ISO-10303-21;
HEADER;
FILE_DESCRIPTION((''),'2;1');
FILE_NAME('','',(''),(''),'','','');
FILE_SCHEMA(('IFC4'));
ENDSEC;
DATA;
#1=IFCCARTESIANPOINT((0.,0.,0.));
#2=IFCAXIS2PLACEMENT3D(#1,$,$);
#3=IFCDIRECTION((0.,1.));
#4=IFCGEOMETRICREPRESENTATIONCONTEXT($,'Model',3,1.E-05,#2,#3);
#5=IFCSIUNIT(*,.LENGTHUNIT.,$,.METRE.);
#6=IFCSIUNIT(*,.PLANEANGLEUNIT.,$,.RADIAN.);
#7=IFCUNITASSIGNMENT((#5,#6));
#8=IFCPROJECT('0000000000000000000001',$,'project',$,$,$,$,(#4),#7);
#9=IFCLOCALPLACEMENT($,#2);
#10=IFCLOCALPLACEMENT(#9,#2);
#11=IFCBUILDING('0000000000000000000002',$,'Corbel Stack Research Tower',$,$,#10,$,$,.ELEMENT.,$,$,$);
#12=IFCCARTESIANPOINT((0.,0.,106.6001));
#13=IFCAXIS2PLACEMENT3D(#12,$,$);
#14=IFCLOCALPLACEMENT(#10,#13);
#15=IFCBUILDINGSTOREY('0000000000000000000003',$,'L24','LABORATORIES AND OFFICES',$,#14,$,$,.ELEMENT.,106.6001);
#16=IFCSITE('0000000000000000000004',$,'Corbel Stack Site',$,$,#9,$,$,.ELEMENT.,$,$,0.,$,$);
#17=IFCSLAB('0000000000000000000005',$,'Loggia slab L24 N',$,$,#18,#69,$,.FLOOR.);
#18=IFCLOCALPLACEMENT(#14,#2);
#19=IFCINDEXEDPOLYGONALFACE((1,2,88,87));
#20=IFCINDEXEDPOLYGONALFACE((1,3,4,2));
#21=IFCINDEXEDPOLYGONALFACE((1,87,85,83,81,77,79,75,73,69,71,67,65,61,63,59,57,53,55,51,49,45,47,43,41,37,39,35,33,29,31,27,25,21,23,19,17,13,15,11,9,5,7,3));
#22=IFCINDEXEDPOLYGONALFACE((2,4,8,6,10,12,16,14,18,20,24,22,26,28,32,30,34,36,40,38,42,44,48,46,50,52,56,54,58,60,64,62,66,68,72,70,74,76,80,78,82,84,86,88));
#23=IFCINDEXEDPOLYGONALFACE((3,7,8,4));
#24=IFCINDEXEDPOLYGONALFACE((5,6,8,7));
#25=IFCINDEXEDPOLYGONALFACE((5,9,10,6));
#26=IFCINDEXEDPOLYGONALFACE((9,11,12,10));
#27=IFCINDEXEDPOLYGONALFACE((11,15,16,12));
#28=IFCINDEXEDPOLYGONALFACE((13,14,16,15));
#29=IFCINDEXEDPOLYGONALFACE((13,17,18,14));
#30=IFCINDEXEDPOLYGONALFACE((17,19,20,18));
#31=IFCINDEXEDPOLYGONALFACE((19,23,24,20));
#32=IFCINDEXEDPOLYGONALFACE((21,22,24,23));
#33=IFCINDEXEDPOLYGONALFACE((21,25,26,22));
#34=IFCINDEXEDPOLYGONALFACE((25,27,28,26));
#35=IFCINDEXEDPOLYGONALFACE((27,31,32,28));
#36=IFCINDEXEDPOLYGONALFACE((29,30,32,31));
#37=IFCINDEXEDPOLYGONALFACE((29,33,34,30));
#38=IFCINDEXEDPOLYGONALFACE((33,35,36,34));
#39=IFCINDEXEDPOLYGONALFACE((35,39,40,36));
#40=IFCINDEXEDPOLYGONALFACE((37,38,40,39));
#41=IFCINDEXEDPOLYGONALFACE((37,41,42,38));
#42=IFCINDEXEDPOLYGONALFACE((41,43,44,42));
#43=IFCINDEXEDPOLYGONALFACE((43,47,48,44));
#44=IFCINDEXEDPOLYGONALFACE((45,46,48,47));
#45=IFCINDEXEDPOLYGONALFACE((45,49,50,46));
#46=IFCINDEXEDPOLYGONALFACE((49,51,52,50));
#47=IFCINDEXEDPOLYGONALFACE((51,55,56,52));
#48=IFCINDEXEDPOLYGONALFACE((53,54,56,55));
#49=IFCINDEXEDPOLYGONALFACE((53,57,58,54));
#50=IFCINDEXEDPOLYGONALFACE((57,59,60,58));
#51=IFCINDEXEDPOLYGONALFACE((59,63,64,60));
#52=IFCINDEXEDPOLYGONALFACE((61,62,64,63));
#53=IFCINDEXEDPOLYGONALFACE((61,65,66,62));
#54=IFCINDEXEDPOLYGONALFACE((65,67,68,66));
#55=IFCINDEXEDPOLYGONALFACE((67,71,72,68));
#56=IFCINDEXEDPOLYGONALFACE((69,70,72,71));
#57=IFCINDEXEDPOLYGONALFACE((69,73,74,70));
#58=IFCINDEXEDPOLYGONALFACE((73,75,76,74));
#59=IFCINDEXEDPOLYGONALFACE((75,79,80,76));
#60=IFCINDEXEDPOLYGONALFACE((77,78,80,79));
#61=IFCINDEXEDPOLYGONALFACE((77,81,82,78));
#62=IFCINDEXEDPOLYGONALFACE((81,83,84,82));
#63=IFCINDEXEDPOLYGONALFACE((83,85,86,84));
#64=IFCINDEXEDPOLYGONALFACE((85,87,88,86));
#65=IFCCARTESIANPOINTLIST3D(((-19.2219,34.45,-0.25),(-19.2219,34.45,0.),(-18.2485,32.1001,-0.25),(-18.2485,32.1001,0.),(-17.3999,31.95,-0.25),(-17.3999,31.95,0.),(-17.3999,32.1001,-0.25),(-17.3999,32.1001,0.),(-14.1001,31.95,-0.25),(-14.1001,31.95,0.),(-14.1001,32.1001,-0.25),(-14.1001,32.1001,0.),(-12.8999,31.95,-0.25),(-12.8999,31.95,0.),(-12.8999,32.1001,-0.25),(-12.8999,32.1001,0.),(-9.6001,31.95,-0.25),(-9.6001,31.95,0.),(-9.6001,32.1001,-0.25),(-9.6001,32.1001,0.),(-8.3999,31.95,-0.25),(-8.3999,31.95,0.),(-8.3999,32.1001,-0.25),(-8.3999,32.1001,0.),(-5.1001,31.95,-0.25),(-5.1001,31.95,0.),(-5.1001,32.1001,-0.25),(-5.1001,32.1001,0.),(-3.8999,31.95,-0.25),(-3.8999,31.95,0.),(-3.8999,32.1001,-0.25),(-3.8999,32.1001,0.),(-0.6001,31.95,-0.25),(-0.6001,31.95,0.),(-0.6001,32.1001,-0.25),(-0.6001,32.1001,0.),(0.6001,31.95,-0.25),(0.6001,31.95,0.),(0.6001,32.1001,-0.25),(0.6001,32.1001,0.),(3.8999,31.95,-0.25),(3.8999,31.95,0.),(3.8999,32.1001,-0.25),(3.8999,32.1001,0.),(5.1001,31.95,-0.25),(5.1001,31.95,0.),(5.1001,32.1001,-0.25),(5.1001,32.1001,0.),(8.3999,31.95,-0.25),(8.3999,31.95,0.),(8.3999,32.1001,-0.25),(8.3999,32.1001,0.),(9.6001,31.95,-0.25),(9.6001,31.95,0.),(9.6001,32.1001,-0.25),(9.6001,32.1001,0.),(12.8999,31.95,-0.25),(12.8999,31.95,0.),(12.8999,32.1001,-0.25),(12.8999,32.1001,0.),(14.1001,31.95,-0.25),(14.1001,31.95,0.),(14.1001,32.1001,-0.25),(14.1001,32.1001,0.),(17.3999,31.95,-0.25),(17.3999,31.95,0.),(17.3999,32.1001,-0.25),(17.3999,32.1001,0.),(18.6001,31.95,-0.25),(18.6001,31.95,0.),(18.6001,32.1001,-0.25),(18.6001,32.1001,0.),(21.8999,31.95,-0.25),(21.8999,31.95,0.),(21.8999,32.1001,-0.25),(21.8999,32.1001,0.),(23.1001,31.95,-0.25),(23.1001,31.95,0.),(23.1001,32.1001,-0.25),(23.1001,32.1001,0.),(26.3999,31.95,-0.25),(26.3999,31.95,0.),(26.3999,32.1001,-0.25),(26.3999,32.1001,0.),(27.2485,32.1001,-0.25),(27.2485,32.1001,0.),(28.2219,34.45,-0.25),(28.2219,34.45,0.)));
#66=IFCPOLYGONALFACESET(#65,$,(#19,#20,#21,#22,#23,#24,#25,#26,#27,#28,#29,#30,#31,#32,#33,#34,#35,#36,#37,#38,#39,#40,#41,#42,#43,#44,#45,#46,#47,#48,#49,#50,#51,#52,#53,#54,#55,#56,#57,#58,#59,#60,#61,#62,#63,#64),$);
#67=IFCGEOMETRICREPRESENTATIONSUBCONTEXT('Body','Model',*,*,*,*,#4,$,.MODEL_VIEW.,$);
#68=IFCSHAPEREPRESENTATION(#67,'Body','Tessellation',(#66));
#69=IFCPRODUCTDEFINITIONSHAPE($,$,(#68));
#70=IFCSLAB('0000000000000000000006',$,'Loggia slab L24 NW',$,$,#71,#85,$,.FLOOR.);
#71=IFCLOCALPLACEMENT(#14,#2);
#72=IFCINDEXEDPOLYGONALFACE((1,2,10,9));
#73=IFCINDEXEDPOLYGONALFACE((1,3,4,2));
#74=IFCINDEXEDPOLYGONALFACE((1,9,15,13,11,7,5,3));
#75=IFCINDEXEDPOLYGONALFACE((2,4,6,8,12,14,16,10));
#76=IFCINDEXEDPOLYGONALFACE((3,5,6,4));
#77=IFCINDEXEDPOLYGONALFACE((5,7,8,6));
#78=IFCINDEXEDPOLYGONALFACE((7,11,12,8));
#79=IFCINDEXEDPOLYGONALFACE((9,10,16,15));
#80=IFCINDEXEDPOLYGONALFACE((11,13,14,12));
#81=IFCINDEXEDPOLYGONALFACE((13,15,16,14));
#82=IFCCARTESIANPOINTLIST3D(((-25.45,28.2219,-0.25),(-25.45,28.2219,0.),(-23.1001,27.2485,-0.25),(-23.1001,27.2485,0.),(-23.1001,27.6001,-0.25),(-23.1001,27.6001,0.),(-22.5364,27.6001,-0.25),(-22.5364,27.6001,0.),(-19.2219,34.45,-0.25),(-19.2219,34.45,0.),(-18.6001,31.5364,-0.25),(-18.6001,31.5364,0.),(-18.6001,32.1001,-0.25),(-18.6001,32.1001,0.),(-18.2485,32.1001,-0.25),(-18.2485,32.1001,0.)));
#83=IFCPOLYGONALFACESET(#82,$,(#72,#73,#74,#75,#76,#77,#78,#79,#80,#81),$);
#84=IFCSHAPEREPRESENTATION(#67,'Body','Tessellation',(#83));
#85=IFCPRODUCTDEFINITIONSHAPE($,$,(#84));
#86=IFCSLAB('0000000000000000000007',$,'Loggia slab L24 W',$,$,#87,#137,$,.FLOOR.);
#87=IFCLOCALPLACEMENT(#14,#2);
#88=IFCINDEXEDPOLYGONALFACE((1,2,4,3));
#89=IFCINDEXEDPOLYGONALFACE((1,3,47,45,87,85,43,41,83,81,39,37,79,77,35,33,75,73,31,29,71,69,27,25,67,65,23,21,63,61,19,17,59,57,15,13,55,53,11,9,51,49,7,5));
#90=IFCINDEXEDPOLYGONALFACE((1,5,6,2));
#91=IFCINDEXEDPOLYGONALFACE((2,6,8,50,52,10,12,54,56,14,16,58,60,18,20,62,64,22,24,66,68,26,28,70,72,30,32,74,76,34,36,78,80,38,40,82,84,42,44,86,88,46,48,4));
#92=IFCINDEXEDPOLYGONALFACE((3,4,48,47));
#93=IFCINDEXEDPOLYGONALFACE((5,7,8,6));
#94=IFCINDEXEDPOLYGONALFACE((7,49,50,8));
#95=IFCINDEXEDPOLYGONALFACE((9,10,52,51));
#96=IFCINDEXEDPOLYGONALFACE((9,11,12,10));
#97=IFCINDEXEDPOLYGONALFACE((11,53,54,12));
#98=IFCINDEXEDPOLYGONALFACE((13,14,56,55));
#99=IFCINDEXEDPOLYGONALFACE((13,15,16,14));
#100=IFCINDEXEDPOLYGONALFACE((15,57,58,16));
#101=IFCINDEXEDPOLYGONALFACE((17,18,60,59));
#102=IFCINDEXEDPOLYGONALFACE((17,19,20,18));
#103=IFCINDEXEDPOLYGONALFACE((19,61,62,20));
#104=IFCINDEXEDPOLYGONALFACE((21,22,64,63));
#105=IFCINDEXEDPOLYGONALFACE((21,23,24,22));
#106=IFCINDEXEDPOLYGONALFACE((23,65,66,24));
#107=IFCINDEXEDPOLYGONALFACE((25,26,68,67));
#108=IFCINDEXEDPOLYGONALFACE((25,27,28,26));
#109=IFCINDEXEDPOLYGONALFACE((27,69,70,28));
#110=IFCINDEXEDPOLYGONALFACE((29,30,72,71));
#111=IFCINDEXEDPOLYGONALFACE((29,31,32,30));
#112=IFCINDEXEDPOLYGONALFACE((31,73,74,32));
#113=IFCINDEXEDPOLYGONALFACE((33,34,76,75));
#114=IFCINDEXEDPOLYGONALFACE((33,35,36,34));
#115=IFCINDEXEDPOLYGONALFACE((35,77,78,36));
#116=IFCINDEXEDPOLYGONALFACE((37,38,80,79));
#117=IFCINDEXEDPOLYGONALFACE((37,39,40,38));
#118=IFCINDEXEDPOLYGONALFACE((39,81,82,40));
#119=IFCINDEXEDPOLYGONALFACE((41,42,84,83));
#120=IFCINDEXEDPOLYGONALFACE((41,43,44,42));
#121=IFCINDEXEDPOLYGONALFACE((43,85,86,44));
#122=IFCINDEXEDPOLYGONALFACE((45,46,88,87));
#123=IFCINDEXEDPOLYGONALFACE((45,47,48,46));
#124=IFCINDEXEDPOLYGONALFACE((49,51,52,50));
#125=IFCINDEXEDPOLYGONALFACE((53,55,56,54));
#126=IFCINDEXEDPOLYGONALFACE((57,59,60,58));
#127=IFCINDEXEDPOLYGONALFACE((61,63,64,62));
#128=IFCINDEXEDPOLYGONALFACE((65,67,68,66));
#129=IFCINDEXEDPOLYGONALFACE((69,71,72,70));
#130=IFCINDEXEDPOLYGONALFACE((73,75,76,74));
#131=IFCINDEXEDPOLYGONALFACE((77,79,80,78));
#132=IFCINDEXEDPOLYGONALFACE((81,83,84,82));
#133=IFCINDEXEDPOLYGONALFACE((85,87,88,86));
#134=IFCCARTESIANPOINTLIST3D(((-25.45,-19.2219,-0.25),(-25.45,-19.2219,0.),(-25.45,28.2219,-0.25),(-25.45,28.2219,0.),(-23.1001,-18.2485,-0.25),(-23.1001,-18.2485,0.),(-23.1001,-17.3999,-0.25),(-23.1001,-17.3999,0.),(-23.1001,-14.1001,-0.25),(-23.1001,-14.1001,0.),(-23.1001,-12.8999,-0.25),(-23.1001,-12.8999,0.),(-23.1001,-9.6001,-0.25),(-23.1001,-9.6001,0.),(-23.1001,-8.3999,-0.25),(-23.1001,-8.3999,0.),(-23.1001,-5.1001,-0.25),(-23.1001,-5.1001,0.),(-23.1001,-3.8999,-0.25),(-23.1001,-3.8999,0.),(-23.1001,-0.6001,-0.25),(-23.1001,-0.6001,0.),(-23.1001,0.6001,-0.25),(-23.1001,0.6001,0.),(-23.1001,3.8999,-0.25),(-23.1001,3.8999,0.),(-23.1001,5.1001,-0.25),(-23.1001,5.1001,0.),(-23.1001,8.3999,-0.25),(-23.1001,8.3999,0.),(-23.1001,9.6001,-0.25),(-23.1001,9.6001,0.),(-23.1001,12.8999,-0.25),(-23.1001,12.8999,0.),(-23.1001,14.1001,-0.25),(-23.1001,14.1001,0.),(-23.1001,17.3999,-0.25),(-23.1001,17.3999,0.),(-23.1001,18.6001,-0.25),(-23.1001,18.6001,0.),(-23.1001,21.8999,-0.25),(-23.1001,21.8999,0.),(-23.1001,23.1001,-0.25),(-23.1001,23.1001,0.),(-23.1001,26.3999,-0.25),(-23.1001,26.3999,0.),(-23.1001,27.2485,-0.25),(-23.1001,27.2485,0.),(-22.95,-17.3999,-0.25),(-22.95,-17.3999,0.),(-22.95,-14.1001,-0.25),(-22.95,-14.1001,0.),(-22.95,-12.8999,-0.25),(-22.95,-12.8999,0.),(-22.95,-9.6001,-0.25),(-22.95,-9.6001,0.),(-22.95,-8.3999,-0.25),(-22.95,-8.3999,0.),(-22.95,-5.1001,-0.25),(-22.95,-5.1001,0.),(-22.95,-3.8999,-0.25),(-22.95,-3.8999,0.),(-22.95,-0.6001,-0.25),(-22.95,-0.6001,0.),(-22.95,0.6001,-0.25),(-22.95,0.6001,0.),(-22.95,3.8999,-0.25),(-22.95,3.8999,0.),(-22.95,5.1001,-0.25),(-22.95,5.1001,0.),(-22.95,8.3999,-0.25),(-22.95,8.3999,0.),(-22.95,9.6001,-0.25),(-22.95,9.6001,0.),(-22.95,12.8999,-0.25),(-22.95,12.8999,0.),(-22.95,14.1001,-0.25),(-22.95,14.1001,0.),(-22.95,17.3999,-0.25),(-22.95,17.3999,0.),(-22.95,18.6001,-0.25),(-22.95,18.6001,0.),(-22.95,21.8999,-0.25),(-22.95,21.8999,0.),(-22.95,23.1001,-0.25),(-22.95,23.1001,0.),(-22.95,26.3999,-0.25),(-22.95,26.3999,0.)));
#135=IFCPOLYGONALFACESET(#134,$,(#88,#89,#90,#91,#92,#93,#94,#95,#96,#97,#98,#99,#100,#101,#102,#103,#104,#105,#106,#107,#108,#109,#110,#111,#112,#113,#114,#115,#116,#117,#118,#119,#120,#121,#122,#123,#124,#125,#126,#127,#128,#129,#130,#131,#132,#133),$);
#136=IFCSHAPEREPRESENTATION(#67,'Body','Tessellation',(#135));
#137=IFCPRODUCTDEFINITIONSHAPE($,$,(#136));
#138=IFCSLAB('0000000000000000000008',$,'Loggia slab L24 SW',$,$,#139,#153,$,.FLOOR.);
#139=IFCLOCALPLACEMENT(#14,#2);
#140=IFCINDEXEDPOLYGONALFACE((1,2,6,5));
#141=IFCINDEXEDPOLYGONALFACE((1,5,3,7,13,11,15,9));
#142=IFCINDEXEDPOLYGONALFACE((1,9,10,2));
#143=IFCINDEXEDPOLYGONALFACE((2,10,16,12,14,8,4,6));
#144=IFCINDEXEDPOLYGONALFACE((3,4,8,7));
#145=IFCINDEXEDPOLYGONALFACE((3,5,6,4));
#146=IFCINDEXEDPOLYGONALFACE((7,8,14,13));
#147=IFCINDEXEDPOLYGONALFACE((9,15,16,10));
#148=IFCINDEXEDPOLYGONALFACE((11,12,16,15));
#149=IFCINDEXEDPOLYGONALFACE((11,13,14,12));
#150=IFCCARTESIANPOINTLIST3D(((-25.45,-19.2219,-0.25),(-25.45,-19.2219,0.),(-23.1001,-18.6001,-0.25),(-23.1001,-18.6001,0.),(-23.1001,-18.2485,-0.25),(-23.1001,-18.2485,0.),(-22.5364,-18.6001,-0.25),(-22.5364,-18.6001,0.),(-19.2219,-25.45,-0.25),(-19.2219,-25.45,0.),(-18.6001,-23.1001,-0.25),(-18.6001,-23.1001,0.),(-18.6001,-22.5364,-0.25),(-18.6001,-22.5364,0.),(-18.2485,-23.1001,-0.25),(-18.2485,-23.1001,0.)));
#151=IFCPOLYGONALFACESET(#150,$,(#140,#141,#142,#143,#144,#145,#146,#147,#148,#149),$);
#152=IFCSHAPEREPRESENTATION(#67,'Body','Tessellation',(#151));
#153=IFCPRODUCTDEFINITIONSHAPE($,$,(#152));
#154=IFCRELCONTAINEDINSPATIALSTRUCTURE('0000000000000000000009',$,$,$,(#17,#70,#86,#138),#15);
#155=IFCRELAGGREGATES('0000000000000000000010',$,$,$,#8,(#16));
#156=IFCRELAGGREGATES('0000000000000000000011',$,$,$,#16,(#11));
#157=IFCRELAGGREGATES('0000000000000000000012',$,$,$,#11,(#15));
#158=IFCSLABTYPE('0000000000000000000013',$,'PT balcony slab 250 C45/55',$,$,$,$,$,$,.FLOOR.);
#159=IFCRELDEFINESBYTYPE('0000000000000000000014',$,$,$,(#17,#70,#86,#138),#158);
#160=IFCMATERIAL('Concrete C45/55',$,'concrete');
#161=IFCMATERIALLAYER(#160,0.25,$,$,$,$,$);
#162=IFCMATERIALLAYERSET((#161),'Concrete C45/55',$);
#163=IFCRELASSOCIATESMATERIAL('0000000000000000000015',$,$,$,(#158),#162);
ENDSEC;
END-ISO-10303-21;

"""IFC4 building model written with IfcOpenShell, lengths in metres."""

from ifc_helpers import new_model, si_unit, direction, frame, origin, place, context, subcontext, project, spatial, polyline, outline, extrude, material, layer, layer_set, type_object, element, save


model = new_model("IFC4")

# Units and contexts
model_context = context("Model", 3, precision=1e-05, world=origin(), true_north=direction((0.0, 1.0)))
body_context = subcontext(model_context, "Body", "Model", "MODEL_VIEW")
ifc_project = project(units=[si_unit("LENGTHUNIT", "METRE"), si_unit("PLANEANGLEUNIT", "RADIAN")], contexts=[model_context])

# Site, building, storey
site_placement = place(None, origin())
site = spatial("IfcSite", under=ifc_project, at=site_placement, Name="Corbel Stack Site", CompositionType="ELEMENT", RefElevation=0.0)
building_placement = place(site_placement, origin())
building = spatial("IfcBuilding", under=site, at=building_placement, Name="Corbel Stack Research Tower", CompositionType="ELEMENT")
storey_placement = place(building_placement, frame((0.0, 0.0, 106.6001)))
storey = spatial("IfcBuildingStorey", under=building, at=storey_placement, Name="L24", Description="LABORATORIES AND OFFICES", CompositionType="ELEMENT", Elevation=106.6001)

# Slabs
ifc_material_1 = material(Name="Concrete C45/55", Category="concrete")
ifc_layer_1 = layer(ifc_material_1, 0.25)
ifc_layer_set_1 = layer_set([ifc_layer_1], Name="Concrete C45/55")
slab_type_1 = type_object("IfcSlabType", Name="PT balcony slab 250 C45/55", PredefinedType="FLOOR", material=ifc_layer_set_1)
slab_1_placement = place(storey_placement, frame((0.0, 0.0, -0.25)))
element("IfcSlab", 1, at=slab_1_placement, inside=storey, type_object=slab_type_1, Name="Loggia slab L24 N", PredefinedType="FLOOR", context=body_context, shape_type="SweptSolid", body=[
    extrude(outline(polyline([(-18.2485, 32.1001), (-17.3999, 32.1001), (-17.3999, 31.95), (-14.1001, 31.95), (-14.1001, 32.1001), (-12.8999, 32.1001), (-12.8999, 31.95), (-9.6001, 31.95), (-9.6001, 32.1001), (-8.3999, 32.1001), (-8.3999, 31.95), (-5.1001, 31.95), (-5.1001, 32.1001), (-3.8999, 32.1001), (-3.8999, 31.95), (-0.6001, 31.95), (-0.6001, 32.1001), (0.6001, 32.1001), (0.6001, 31.95), (3.8999, 31.95), (3.8999, 32.1001), (5.1001, 32.1001), (5.1001, 31.95), (8.3999, 31.95), (8.3999, 32.1001), (9.6001, 32.1001), (9.6001, 31.95), (12.8999, 31.95), (12.8999, 32.1001), (14.1001, 32.1001), (14.1001, 31.95), (17.3999, 31.95), (17.3999, 32.1001), (18.6001, 32.1001), (18.6001, 31.95), (21.8999, 31.95), (21.8999, 32.1001), (23.1001, 32.1001), (23.1001, 31.95), (26.3999, 31.95), (26.3999, 32.1001), (27.2485, 32.1001), (28.2219, 34.45), (-19.2219, 34.45), (-18.2485, 32.1001)])), origin(), (0.0, 0.0, 1.0), 0.25),
])
slab_2_placement = place(storey_placement, frame((0.0, 0.0, -0.25)))
element("IfcSlab", 2, at=slab_2_placement, inside=storey, type_object=slab_type_1, Name="Loggia slab L24 NW", PredefinedType="FLOOR", context=body_context, shape_type="SweptSolid", body=[
    extrude(outline(polyline([(-23.1001, 27.2485), (-23.1001, 27.6001), (-22.5364, 27.6001), (-18.6001, 31.5364), (-18.6001, 32.1001), (-18.2485, 32.1001), (-19.2219, 34.45), (-25.45, 28.2219), (-23.1001, 27.2485)])), origin(), (0.0, 0.0, 1.0), 0.25),
])
slab_3_placement = place(storey_placement, frame((0.0, 0.0, -0.25)))
element("IfcSlab", 3, at=slab_3_placement, inside=storey, type_object=slab_type_1, Name="Loggia slab L24 W", PredefinedType="FLOOR", context=body_context, shape_type="SweptSolid", body=[
    extrude(outline(polyline([(-23.1001, -18.2485), (-23.1001, -17.3999), (-22.95, -17.3999), (-22.95, -14.1001), (-23.1001, -14.1001), (-23.1001, -12.8999), (-22.95, -12.8999), (-22.95, -9.6001), (-23.1001, -9.6001), (-23.1001, -8.3999), (-22.95, -8.3999), (-22.95, -5.1001), (-23.1001, -5.1001), (-23.1001, -3.8999), (-22.95, -3.8999), (-22.95, -0.6001), (-23.1001, -0.6001), (-23.1001, 0.6001), (-22.95, 0.6001), (-22.95, 3.8999), (-23.1001, 3.8999), (-23.1001, 5.1001), (-22.95, 5.1001), (-22.95, 8.3999), (-23.1001, 8.3999), (-23.1001, 9.6001), (-22.95, 9.6001), (-22.95, 12.8999), (-23.1001, 12.8999), (-23.1001, 14.1001), (-22.95, 14.1001), (-22.95, 17.3999), (-23.1001, 17.3999), (-23.1001, 18.6001), (-22.95, 18.6001), (-22.95, 21.8999), (-23.1001, 21.8999), (-23.1001, 23.1001), (-22.95, 23.1001), (-22.95, 26.3999), (-23.1001, 26.3999), (-23.1001, 27.2485), (-25.45, 28.2219), (-25.45, -19.2219), (-23.1001, -18.2485)])), origin(), (0.0, 0.0, 1.0), 0.25),
])
slab_4_placement = place(storey_placement, frame((0.0, 0.0, -0.25)))
element("IfcSlab", 4, at=slab_4_placement, inside=storey, type_object=slab_type_1, Name="Loggia slab L24 SW", PredefinedType="FLOOR", context=body_context, shape_type="SweptSolid", body=[
    extrude(outline(polyline([(-18.2485, -23.1001), (-18.6001, -23.1001), (-18.6001, -22.5364), (-22.5364, -18.6001), (-23.1001, -18.6001), (-23.1001, -18.2485), (-25.45, -19.2219), (-19.2219, -25.45), (-18.2485, -23.1001)])), origin(), (0.0, 0.0, 1.0), 0.25),
])

save(model, "model.ifc")
